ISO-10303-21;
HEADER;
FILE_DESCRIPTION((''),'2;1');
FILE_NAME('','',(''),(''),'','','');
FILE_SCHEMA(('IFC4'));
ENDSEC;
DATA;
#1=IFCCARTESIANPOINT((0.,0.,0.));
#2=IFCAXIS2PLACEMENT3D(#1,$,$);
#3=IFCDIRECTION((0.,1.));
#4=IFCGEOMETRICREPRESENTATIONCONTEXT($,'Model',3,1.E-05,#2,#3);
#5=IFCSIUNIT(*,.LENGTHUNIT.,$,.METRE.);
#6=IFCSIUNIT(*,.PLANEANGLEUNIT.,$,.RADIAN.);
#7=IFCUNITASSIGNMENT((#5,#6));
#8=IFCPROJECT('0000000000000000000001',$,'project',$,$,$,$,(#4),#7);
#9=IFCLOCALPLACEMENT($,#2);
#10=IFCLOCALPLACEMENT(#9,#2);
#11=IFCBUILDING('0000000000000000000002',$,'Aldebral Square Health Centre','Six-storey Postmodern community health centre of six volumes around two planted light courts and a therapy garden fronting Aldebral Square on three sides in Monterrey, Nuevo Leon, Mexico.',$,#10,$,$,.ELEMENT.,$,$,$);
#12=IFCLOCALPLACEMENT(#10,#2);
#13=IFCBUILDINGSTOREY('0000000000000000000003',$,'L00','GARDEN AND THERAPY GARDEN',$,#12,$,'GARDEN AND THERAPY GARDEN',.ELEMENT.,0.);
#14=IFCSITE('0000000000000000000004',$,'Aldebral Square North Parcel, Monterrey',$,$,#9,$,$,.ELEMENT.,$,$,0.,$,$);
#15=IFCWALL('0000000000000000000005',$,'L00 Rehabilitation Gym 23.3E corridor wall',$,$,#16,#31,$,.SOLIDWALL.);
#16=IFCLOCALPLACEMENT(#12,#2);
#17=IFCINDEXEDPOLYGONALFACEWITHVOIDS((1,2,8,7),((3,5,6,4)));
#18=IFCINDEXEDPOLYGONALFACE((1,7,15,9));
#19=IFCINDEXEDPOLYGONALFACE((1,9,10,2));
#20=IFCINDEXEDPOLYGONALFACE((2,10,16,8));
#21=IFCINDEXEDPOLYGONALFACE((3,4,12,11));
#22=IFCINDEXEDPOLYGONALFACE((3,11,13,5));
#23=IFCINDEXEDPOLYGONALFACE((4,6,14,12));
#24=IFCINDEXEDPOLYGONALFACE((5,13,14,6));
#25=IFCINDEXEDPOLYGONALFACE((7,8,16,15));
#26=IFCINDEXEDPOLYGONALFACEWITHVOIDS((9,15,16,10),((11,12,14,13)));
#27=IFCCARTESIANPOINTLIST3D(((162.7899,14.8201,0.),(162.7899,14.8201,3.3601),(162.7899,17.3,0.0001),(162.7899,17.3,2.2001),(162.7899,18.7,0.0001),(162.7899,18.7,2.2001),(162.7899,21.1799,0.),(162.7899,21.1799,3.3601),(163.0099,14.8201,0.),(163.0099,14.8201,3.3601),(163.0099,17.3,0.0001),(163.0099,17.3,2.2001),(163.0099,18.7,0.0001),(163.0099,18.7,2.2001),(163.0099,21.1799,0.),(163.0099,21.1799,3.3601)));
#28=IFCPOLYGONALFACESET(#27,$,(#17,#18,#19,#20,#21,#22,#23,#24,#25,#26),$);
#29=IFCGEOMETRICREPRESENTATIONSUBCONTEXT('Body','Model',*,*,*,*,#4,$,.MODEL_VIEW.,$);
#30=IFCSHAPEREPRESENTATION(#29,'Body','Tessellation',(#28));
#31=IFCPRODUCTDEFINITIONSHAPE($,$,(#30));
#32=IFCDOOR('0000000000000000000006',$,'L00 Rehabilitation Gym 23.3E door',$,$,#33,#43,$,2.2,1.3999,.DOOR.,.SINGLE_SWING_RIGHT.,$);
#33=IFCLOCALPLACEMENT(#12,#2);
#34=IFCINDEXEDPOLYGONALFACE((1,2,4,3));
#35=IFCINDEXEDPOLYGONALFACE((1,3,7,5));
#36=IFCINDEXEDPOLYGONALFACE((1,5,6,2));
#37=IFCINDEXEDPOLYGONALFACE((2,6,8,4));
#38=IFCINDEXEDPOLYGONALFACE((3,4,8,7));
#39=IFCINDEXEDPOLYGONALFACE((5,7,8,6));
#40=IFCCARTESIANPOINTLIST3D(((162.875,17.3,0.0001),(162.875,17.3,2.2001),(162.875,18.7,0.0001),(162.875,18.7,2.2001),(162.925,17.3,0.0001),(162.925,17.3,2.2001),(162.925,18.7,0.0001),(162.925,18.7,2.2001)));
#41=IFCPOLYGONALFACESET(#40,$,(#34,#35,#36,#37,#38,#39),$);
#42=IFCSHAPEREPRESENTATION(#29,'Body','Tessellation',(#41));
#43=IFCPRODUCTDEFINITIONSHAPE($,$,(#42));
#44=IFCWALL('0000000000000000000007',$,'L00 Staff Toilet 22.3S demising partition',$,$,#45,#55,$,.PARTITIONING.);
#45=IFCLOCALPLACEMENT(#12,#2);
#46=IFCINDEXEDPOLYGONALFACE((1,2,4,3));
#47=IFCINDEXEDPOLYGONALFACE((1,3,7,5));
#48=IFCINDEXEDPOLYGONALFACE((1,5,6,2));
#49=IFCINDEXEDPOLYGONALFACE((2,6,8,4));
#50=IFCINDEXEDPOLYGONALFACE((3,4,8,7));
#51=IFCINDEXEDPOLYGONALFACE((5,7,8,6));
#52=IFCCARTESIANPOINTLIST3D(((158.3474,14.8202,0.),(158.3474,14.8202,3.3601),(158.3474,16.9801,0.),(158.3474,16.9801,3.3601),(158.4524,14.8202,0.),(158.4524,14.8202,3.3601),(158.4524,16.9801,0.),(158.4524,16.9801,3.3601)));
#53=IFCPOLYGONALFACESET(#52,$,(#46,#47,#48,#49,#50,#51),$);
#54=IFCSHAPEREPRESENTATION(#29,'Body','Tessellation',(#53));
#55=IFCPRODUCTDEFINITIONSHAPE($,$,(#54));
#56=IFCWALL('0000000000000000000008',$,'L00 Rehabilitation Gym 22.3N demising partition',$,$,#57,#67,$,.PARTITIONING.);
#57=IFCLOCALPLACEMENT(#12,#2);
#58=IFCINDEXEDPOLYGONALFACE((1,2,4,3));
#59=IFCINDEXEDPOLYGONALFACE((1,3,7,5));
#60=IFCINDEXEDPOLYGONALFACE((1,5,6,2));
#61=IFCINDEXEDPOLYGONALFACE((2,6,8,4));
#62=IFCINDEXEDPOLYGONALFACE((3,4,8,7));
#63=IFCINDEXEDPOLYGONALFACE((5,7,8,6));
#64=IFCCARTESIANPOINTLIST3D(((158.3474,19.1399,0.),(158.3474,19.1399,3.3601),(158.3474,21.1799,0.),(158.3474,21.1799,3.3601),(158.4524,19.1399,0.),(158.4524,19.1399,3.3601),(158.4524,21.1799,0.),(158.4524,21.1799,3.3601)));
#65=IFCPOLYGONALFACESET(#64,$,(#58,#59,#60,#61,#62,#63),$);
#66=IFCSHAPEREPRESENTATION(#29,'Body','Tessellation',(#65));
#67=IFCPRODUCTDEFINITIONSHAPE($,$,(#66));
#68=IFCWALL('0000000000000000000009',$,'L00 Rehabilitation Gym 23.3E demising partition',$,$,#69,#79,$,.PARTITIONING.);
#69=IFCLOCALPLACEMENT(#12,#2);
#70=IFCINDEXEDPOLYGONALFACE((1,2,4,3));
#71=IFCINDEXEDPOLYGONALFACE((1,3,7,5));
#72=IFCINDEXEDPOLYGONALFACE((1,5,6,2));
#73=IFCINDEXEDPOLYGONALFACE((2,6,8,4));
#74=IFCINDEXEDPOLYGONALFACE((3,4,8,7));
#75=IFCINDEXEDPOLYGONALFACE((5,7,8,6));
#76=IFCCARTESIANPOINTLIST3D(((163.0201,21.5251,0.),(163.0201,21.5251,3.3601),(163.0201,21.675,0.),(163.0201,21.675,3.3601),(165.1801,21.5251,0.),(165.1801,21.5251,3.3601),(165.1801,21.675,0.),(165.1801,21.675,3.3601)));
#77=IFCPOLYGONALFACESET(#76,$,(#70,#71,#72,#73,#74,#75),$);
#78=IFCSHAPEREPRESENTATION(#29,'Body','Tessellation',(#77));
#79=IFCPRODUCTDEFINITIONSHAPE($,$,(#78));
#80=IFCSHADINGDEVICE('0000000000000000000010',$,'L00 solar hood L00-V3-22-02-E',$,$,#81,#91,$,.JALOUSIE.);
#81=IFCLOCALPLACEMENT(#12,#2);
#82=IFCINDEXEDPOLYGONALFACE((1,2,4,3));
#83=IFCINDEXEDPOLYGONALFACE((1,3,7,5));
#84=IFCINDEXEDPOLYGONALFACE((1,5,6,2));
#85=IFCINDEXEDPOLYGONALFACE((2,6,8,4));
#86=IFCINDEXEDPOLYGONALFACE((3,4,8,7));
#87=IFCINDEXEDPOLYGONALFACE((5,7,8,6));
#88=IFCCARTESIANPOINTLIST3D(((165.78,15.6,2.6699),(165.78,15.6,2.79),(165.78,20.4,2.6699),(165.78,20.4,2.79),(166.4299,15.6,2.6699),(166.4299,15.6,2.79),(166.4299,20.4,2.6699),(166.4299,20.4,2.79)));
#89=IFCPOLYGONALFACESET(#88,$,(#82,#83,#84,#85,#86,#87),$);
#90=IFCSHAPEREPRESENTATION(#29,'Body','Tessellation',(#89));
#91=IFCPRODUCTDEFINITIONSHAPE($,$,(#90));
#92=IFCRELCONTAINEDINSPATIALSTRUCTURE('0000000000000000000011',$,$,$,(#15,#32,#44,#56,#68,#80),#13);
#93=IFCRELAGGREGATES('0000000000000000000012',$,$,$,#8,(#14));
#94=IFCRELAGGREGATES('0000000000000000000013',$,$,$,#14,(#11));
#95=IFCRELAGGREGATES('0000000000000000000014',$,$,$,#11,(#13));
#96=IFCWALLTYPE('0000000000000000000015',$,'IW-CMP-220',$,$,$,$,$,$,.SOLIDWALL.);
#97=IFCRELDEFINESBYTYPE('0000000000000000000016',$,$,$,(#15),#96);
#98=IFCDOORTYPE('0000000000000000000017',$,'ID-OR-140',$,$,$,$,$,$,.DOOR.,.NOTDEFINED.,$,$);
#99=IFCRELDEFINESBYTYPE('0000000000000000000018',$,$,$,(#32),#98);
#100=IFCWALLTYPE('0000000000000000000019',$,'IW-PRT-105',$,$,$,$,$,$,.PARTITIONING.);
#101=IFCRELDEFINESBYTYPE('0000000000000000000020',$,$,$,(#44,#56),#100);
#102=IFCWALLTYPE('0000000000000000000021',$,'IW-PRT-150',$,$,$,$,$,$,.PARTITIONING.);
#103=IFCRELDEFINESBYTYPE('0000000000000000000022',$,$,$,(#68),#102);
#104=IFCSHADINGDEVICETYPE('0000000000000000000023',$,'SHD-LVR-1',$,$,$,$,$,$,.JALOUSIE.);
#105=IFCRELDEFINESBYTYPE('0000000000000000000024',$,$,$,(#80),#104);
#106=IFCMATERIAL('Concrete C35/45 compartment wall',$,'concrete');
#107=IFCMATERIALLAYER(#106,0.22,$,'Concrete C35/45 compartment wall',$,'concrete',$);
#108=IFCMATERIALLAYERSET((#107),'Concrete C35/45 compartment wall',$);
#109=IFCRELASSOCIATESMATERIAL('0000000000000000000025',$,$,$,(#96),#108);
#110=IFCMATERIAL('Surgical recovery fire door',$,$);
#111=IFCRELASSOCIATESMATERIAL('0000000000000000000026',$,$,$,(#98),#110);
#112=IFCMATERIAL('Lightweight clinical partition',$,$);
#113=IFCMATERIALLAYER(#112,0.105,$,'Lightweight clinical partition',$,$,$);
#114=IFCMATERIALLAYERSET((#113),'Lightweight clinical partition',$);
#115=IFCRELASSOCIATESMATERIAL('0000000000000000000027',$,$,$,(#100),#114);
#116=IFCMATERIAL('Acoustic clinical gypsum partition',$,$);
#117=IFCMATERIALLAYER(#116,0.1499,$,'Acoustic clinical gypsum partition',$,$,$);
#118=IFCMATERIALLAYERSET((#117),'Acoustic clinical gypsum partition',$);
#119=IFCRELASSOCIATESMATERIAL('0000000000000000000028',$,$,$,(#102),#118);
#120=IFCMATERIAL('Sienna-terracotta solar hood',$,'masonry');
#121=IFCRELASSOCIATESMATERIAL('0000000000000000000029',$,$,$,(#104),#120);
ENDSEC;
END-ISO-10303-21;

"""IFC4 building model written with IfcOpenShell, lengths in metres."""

from ifc_helpers import new_model, si_unit, direction, frame, frame_2d, origin, origin_2d, place, context, subcontext, project, spatial, rectangle, extrude, material, layer, layer_set, type_object, element, fill, save


model = new_model("IFC4")

# Units and contexts
model_context = context("Model", 3, precision=1e-05, world=origin(), true_north=direction((0.0, 1.0)))
body_context = subcontext(model_context, "Body", "Model", "MODEL_VIEW")
ifc_project = project(units=[si_unit("LENGTHUNIT", "METRE"), si_unit("PLANEANGLEUNIT", "RADIAN")], contexts=[model_context])

# Site, building, storey
site_placement = place(None, origin())
site = spatial("IfcSite", under=ifc_project, at=site_placement, Name="Aldebral Square North Parcel, Monterrey", CompositionType="ELEMENT", RefElevation=0.0)
building_placement = place(site_placement, origin())
building = spatial("IfcBuilding", under=site, at=building_placement, Name="Aldebral Square Health Centre", Description="Six-storey Postmodern community health centre of six volumes around two planted light courts and a therapy garden fronting Aldebral Square on three sides in Monterrey, Nuevo Leon, Mexico.", CompositionType="ELEMENT")
storey_placement = place(building_placement, origin())
storey = spatial("IfcBuildingStorey", under=building, at=storey_placement, Name="L00", Description="GARDEN AND THERAPY GARDEN", LongName="GARDEN AND THERAPY GARDEN", CompositionType="ELEMENT", Elevation=0.0)

# Wall, opening, door
ifc_material_1 = material(Name="Concrete C35/45 compartment wall", Category="concrete")
ifc_layer_1 = layer(ifc_material_1, 0.22, Name="Concrete C35/45 compartment wall", Category="concrete")
ifc_layer_set_1 = layer_set([ifc_layer_1], Name="Concrete C35/45 compartment wall")
wall_type_1 = type_object("IfcWallType", Name="IW-CMP-220", PredefinedType="SOLIDWALL", material=ifc_layer_set_1)
wall_1_placement = place(storey_placement, frame((162.8999, 14.8201, 0.0), z_axis=(0.0, 0.0, 1.0), x_axis=(0.0, 1.0, 0.0)))
wall_1 = element("IfcWall", 1, at=wall_1_placement, inside=storey, type_object=wall_type_1, Name="L00 Rehabilitation Gym 23.3E corridor wall", PredefinedType="SOLIDWALL", context=body_context, shape_type="SweptSolid", body=[
    extrude(rectangle(XDim=6.3599, YDim=0.22, at=frame_2d((3.1799, 0.0))), origin(), (0.0, 0.0, 1.0), 3.3601),
])
opening_1_placement = place(wall_1_placement, frame((2.48, 0.0, 0.0)))
opening_1 = element("IfcOpeningElement", 2, at=opening_1_placement, cuts=wall_1, PredefinedType="OPENING", context=body_context, shape_type="SweptSolid", body=[
    extrude(rectangle(XDim=1.3999, YDim=2.2, at=frame_2d((0.7, 1.1001))), frame((0.0, 0.1201, 0.0), z_axis=(0.0, -1.0, 0.0), x_axis=(1.0, 0.0, 0.0)), (0.0, 0.0, 1.0), 0.24),
])
ifc_material_2 = material(Name="Surgical recovery fire door")
door_type = type_object("IfcDoorType", Name="ID-OR-140", OperationType="NOTDEFINED", PredefinedType="DOOR", material=ifc_material_2)
door_placement = place(opening_1_placement, origin())
door = element("IfcDoor", 3, at=door_placement, inside=storey, type_object=door_type, Name="L00 Rehabilitation Gym 23.3E door", OperationType="SINGLE_SWING_RIGHT", OverallHeight=2.2, OverallWidth=1.3999, PredefinedType="DOOR", context=body_context, shape_type="SweptSolid", body=[
    extrude(rectangle(XDim=1.3999, YDim=2.2, at=frame_2d((0.7, 1.1001))), frame((0.0, 0.0249, 0.0), z_axis=(0.0, -1.0, 0.0), x_axis=(1.0, 0.0, 0.0)), (0.0, 0.0, 1.0), 0.05),
])
fill(opening_1, door)

# Walls
ifc_material_3 = material(Name="Lightweight clinical partition")
ifc_layer_2 = layer(ifc_material_3, 0.105, Name="Lightweight clinical partition")
ifc_layer_set_2 = layer_set([ifc_layer_2], Name="Lightweight clinical partition")
wall_type_2 = type_object("IfcWallType", Name="IW-PRT-105", PredefinedType="PARTITIONING", material=ifc_layer_set_2)
wall_2_placement = place(storey_placement, frame((158.3999, 14.8201, 0.0), z_axis=(0.0, 0.0, 1.0), x_axis=(0.0, 1.0, 0.0)))
element("IfcWall", 4, at=wall_2_placement, inside=storey, type_object=wall_type_2, Name="L00 Staff Toilet 22.3S demising partition", PredefinedType="PARTITIONING", context=body_context, shape_type="SweptSolid", body=[
    extrude(rectangle(XDim=2.1599, YDim=0.105, at=frame_2d((1.0801, 0.0))), origin(), (0.0, 0.0, 1.0), 3.3601),
])
wall_3_placement = place(storey_placement, frame((158.3999, 19.1399, 0.0), z_axis=(0.0, 0.0, 1.0), x_axis=(0.0, 1.0, 0.0)))
element("IfcWall", 5, at=wall_3_placement, inside=storey, type_object=wall_type_2, Name="L00 Rehabilitation Gym 22.3N demising partition", PredefinedType="PARTITIONING", context=body_context, shape_type="SweptSolid", body=[
    extrude(rectangle(XDim=2.04, YDim=0.105, at=frame_2d((1.02, 0.0))), origin(), (0.0, 0.0, 1.0), 3.3601),
])
ifc_material_4 = material(Name="Acoustic clinical gypsum partition")
ifc_layer_3 = layer(ifc_material_4, 0.1499, Name="Acoustic clinical gypsum partition")
ifc_layer_set_3 = layer_set([ifc_layer_3], Name="Acoustic clinical gypsum partition")
wall_type_3 = type_object("IfcWallType", Name="IW-PRT-150", PredefinedType="PARTITIONING", material=ifc_layer_set_3)
wall_4_placement = place(storey_placement, frame((163.02, 21.6001, 0.0), z_axis=(0.0, 0.0, 1.0), x_axis=(1.0, 0.0, 0.0)))
element("IfcWall", 6, at=wall_4_placement, inside=storey, type_object=wall_type_3, Name="L00 Rehabilitation Gym 23.3E demising partition", PredefinedType="PARTITIONING", context=body_context, shape_type="SweptSolid", body=[
    extrude(rectangle(XDim=2.1599, YDim=0.1499, at=frame_2d((1.0801, 0.0))), origin(), (0.0, 0.0, 1.0), 3.3601),
])

# Shading device
ifc_material_5 = material(Name="Sienna-terracotta solar hood", Category="masonry")
shading_device_type = type_object("IfcShadingDeviceType", Name="SHD-LVR-1", PredefinedType="JALOUSIE", material=ifc_material_5)
shading_device_placement = place(storey_placement, frame((166.105, 18.0, 2.6699), z_axis=(0.0, 0.0, 1.0), x_axis=(0.0, 1.0, 0.0)))
element("IfcShadingDevice", 7, at=shading_device_placement, inside=storey, type_object=shading_device_type, Name="L00 solar hood L00-V3-22-02-E", PredefinedType="JALOUSIE", context=body_context, shape_type="SweptSolid", body=[
    extrude(rectangle(XDim=4.8, YDim=0.6499, at=origin_2d()), origin(), (0.0, 0.0, 1.0), 0.1201),
])

save(model, "model.ifc")
